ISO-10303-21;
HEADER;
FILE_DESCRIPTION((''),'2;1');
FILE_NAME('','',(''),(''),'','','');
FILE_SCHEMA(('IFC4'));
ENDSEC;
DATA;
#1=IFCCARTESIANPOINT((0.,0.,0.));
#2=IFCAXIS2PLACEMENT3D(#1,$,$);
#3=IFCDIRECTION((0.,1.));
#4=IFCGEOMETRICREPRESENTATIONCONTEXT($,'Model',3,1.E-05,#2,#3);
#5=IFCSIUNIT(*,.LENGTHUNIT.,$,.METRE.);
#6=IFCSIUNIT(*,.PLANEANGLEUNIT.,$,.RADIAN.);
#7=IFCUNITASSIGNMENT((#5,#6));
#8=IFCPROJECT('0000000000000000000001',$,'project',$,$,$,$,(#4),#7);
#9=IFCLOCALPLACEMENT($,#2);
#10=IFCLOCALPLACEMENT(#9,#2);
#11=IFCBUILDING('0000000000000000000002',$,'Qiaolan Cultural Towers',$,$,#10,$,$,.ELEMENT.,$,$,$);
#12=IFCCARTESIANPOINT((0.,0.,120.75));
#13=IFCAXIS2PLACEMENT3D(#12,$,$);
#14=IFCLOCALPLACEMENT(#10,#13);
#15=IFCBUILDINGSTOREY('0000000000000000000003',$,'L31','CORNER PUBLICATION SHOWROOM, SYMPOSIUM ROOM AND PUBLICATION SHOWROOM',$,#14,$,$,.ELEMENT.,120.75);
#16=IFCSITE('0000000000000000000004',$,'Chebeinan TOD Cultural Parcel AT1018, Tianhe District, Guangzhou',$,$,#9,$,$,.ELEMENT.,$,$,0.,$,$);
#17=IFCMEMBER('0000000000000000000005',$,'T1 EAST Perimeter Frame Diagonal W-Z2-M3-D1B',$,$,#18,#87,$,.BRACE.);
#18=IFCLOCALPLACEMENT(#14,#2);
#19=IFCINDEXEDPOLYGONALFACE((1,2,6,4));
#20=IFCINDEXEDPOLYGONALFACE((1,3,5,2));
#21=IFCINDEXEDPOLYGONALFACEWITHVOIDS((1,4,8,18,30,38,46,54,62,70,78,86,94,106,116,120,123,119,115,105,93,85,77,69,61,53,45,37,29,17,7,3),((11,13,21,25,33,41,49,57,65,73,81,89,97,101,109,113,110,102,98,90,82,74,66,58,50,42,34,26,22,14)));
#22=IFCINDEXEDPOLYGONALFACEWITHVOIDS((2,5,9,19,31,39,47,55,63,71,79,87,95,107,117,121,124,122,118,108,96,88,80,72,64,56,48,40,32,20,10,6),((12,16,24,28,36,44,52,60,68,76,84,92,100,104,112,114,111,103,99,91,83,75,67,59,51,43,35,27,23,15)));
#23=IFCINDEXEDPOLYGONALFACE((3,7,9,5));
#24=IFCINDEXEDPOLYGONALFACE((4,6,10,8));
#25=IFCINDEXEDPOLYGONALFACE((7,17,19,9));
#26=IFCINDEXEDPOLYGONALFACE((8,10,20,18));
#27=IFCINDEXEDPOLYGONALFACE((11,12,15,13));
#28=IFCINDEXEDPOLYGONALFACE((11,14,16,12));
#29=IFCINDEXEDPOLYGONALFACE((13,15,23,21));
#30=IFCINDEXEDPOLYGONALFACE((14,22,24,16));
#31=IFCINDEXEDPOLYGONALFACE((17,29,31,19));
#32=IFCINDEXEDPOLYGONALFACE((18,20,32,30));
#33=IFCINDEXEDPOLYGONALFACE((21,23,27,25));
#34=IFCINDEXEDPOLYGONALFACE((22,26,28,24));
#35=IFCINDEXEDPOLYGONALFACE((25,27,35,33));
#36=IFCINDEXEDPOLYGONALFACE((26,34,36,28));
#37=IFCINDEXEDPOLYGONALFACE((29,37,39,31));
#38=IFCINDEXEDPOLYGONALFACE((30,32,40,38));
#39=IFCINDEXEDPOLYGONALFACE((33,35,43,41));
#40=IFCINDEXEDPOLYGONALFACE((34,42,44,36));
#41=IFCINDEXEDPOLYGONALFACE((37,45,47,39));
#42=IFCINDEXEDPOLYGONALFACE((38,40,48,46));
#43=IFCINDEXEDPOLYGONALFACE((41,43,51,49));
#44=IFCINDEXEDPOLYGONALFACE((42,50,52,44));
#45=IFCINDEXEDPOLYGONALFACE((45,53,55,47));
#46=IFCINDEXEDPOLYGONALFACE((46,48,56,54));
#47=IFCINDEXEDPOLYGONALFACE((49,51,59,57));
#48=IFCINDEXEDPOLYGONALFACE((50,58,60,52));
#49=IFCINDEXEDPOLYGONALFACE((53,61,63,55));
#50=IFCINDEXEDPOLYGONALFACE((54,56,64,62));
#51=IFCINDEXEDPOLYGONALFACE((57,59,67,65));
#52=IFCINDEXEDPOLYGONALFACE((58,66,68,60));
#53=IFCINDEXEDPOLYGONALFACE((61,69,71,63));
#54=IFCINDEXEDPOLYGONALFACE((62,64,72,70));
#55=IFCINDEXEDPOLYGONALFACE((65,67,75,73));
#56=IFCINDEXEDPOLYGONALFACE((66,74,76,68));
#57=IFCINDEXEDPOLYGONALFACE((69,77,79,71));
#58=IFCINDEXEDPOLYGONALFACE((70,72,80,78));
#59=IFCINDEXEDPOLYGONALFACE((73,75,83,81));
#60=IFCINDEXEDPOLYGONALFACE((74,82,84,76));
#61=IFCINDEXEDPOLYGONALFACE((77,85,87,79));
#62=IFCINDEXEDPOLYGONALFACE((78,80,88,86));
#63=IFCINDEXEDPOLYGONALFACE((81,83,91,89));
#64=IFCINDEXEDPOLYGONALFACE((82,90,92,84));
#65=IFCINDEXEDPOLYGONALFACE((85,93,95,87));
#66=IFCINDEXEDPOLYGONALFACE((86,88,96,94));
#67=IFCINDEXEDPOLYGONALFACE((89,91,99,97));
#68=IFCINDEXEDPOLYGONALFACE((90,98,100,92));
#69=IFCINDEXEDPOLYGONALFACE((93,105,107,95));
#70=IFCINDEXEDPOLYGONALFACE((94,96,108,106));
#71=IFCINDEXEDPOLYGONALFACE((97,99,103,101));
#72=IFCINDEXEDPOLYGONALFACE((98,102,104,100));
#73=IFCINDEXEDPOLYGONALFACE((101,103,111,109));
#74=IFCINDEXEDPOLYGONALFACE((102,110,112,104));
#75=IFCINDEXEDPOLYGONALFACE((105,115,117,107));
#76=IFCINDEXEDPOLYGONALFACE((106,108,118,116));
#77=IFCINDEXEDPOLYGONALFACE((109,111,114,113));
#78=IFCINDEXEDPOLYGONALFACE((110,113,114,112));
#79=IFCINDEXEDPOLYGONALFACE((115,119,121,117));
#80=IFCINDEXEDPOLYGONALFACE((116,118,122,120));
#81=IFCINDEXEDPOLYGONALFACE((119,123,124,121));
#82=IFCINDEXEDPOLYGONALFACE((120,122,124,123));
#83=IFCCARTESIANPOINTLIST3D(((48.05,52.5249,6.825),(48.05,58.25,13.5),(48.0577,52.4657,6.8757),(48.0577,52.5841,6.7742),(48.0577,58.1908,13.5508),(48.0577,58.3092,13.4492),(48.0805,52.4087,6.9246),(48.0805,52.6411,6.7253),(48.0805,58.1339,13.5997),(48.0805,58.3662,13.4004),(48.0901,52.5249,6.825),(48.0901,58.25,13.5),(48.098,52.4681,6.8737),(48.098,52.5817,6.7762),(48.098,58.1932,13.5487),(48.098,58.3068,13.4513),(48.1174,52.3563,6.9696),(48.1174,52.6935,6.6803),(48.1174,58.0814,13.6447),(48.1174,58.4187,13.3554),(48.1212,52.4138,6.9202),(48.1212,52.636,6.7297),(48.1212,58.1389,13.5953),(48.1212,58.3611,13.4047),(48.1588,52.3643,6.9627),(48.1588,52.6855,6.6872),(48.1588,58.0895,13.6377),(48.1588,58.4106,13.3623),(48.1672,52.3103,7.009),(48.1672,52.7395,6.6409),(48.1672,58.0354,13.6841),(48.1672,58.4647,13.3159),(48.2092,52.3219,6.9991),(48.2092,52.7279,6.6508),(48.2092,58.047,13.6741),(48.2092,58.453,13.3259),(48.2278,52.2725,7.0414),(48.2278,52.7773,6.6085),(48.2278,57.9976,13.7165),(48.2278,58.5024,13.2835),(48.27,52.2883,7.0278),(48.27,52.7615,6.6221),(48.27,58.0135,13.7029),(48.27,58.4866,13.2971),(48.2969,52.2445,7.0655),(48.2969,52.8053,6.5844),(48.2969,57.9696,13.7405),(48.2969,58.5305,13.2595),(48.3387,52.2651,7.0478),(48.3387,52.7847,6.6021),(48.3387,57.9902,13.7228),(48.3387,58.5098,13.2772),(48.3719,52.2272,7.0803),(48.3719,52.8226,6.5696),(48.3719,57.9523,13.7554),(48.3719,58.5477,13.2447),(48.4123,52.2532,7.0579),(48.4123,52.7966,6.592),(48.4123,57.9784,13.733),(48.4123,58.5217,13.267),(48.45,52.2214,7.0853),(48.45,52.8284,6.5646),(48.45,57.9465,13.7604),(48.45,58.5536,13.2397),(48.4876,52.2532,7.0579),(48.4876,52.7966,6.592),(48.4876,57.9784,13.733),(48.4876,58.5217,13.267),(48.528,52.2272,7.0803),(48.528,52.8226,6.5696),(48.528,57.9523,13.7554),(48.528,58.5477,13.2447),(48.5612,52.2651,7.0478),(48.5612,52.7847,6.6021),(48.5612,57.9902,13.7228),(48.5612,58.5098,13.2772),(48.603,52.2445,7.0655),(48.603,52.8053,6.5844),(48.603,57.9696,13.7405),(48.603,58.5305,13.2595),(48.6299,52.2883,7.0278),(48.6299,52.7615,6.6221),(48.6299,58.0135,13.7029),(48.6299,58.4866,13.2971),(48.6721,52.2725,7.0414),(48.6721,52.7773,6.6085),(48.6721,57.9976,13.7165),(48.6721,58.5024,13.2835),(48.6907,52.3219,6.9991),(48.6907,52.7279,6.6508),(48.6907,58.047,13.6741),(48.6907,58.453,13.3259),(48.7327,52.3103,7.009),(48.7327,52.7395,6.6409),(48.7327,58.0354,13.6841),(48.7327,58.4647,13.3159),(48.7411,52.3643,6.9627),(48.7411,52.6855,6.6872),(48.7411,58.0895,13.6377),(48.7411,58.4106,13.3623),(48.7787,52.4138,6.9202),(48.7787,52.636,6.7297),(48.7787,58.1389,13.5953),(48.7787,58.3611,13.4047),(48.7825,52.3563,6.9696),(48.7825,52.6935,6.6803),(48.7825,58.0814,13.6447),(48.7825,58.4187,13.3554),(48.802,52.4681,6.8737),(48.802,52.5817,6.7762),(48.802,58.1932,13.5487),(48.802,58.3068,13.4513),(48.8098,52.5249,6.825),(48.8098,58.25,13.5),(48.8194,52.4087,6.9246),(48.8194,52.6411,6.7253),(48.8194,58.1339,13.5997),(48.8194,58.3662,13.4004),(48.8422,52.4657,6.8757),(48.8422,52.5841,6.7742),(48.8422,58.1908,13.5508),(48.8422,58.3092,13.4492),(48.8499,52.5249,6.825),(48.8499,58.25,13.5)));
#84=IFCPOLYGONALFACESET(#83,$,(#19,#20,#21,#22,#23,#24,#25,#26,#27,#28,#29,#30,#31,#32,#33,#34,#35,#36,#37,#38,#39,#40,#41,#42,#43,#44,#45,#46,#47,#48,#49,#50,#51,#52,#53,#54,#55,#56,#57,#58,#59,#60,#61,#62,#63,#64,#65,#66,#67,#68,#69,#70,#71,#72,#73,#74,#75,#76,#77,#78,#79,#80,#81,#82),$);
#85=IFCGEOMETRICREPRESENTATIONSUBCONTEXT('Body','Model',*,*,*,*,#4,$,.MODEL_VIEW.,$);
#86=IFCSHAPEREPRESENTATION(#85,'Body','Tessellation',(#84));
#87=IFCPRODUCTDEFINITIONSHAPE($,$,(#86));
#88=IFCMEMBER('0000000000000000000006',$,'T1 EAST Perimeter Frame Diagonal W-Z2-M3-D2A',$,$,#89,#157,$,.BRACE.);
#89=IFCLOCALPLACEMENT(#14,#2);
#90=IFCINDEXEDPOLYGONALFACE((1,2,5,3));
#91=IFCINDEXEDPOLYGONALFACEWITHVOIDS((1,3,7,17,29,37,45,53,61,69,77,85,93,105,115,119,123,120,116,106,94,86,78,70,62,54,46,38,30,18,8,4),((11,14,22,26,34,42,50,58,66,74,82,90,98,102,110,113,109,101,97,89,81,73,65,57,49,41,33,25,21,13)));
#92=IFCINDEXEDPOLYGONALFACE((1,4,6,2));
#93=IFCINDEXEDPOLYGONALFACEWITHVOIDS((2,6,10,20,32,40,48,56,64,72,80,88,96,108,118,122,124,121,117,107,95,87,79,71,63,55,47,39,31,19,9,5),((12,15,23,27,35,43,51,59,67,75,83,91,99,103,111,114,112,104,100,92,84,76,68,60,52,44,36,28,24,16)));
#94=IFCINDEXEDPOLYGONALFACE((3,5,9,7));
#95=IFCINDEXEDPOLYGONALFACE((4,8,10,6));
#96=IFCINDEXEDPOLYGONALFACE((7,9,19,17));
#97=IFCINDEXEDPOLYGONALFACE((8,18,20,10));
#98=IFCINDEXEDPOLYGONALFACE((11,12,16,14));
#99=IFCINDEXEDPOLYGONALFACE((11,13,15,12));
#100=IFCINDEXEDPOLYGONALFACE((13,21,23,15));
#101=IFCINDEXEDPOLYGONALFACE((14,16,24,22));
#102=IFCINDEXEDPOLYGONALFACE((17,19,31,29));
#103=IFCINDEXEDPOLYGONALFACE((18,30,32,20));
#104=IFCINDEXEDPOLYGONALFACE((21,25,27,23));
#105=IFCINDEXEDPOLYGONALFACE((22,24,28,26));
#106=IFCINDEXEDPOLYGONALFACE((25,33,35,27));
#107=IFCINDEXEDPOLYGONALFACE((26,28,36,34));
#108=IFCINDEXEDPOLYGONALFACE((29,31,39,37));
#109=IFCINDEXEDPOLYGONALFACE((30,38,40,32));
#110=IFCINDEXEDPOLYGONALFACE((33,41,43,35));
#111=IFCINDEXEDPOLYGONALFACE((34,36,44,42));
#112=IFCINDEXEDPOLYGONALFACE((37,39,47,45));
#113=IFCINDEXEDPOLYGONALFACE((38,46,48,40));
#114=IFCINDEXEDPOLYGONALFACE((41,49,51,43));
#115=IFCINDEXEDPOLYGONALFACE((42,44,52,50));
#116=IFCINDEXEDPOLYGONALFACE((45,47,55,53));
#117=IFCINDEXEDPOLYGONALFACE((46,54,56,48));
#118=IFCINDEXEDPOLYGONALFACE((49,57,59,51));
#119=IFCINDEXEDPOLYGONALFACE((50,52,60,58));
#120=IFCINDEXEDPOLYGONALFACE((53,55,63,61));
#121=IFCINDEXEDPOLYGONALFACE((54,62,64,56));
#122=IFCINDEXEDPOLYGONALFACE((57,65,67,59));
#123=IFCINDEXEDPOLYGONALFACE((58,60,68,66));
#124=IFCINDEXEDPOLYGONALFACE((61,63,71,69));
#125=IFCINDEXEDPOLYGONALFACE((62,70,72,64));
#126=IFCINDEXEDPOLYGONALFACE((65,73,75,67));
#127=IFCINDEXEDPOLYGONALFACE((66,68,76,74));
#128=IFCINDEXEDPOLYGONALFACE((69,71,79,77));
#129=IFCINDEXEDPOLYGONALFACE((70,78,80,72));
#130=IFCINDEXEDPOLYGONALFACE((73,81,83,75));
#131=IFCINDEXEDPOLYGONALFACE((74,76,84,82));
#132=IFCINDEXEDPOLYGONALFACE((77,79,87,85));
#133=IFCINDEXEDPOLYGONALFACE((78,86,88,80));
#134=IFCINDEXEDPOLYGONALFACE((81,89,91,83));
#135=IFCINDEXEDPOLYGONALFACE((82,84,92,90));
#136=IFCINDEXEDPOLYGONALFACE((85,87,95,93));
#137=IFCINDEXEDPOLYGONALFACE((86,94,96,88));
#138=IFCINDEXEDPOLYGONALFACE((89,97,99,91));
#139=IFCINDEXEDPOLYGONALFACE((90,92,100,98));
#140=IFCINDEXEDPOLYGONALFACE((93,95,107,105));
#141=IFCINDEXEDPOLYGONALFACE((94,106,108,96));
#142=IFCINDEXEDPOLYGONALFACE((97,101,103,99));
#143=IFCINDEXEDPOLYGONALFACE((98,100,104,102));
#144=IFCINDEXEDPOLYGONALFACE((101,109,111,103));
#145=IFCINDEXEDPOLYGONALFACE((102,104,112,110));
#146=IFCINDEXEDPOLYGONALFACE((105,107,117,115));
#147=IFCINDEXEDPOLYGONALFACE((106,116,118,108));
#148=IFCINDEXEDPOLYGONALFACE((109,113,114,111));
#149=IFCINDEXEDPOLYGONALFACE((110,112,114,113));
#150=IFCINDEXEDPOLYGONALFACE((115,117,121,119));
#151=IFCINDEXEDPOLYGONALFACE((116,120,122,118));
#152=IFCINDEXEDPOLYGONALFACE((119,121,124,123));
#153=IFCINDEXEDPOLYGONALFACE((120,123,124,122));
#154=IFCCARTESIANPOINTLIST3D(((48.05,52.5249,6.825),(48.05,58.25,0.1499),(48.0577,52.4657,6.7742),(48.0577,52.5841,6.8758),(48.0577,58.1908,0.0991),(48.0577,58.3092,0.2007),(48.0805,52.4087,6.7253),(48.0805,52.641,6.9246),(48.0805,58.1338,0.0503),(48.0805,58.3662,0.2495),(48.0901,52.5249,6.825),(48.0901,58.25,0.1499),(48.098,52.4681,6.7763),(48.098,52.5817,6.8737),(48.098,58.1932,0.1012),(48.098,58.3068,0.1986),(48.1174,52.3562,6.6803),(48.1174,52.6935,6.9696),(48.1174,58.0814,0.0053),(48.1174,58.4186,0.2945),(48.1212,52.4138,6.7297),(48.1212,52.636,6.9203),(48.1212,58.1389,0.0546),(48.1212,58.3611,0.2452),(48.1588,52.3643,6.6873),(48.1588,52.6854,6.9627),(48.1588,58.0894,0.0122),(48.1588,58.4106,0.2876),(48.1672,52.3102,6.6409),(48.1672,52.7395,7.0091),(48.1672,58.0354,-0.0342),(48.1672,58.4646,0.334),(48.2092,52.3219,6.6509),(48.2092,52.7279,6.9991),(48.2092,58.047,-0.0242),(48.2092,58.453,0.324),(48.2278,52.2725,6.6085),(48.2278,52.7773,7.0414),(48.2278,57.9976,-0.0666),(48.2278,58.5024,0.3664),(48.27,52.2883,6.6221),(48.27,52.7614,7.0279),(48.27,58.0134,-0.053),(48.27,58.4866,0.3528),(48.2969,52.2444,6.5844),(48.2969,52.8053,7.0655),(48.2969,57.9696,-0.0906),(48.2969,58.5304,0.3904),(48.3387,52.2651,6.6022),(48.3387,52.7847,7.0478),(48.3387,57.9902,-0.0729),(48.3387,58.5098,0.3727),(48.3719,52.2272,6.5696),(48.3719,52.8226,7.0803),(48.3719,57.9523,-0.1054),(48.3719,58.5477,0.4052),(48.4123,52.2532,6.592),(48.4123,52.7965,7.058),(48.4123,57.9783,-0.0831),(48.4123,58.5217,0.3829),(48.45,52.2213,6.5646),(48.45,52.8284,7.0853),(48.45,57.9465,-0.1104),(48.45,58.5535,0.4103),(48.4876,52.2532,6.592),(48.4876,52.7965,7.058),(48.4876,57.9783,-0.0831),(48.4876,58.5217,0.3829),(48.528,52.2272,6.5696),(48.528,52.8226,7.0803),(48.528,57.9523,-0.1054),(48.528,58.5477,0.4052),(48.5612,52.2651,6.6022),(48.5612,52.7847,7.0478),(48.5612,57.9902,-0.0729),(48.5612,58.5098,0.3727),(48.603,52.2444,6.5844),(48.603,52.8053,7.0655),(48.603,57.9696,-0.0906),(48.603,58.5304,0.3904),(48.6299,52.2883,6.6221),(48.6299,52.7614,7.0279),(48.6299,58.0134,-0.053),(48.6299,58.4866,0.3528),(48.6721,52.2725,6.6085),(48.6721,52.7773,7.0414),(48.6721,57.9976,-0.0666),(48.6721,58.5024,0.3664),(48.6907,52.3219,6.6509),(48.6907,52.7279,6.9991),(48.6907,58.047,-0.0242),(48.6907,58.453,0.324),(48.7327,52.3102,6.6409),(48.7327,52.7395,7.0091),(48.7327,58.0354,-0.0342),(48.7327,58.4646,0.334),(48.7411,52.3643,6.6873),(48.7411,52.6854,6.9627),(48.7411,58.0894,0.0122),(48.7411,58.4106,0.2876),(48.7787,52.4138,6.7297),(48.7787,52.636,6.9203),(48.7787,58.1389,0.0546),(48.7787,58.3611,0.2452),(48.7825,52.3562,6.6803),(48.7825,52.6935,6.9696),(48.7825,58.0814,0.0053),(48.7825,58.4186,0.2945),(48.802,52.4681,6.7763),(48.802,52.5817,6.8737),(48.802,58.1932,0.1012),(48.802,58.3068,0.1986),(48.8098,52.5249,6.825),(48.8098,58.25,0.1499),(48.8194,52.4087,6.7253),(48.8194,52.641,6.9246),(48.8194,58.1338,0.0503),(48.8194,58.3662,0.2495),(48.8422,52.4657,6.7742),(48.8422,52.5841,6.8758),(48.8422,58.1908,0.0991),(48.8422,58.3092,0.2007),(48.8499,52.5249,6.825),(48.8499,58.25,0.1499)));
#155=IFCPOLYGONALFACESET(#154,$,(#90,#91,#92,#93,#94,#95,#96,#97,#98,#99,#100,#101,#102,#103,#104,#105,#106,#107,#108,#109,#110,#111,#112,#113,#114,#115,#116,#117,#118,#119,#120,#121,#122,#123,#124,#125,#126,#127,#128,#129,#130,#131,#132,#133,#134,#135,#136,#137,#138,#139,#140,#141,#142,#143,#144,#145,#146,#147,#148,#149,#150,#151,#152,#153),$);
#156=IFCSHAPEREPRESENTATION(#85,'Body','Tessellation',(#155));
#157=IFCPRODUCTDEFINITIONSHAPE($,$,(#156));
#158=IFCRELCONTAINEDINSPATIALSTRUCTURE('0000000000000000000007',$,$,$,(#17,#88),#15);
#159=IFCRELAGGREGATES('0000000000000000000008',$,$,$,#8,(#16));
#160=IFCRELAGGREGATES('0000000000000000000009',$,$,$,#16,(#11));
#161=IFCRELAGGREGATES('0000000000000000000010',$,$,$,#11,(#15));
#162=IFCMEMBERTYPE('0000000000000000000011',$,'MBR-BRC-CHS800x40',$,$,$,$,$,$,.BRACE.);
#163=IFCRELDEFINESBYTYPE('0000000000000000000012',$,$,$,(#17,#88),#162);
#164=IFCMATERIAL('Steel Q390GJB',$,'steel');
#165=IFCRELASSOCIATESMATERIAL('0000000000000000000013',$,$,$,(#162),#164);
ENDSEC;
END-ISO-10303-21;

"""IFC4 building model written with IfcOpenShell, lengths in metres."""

from ifc_helpers import new_model, si_unit, direction, frame, origin, origin_2d, place, context, subcontext, project, spatial, hollow_circle, extrude, material, material_profile, profile_set, type_object, element, save


model = new_model("IFC4")

# Units and contexts
model_context = context("Model", 3, precision=1e-05, world=origin(), true_north=direction((0.0, 1.0)))
body_context = subcontext(model_context, "Body", "Model", "MODEL_VIEW")
ifc_project = project(units=[si_unit("LENGTHUNIT", "METRE"), si_unit("PLANEANGLEUNIT", "RADIAN")], contexts=[model_context])

# Site, building, storey
site_placement = place(None, origin())
site = spatial("IfcSite", under=ifc_project, at=site_placement, Name="Chebeinan TOD Cultural Parcel AT1018, Tianhe District, Guangzhou", CompositionType="ELEMENT", RefElevation=0.0)
building_placement = place(site_placement, origin())
building = spatial("IfcBuilding", under=site, at=building_placement, Name="Qiaolan Cultural Towers", CompositionType="ELEMENT")
storey_placement = place(building_placement, frame((0.0, 0.0, 120.75)))
storey = spatial("IfcBuildingStorey", under=building, at=storey_placement, Name="L31", Description="CORNER PUBLICATION SHOWROOM, SYMPOSIUM ROOM AND PUBLICATION SHOWROOM", CompositionType="ELEMENT", Elevation=120.75)

# Members
ifc_material_1 = material(Name="Steel Q390GJB", Category="steel")
ifc_material_profile_1 = material_profile(ifc_material_1, hollow_circle(Radius=0.3999, WallThickness=0.04, at=origin_2d()), Name="CHS800x40")
ifc_profile_set_1 = profile_set([ifc_material_profile_1], Name="Steel Q390GJB")
member_type = type_object("IfcMemberType", Name="MBR-BRC-CHS800x40", PredefinedType="BRACE", material=ifc_profile_set_1)
for number, where, z_axis, x_axis, name in (
    (1, (48.45, 52.5249, 6.825), (0.0, 0.651029, 0.759053), (-1.0, 0.0, 0.0), "T1 EAST Perimeter Frame Diagonal W-Z2-M3-D1B"),
    (2, (48.45, 58.25, 0.1499), (0.0, -0.651029, 0.759053), (1.0, 0.0, 0.0), "T1 EAST Perimeter Frame Diagonal W-Z2-M3-D2A"),
):
    element("IfcMember", number, at=place(storey_placement, frame(where, z_axis=z_axis, x_axis=x_axis)), inside=storey, type_object=member_type, Name=name, PredefinedType="BRACE", context=body_context, shape_type="SweptSolid", body=[
        extrude(hollow_circle(Radius=0.3999, WallThickness=0.04, at=origin_2d()), origin(), (0.0, 0.0, 1.0), 8.7939),
    ])

save(model, "model.ifc")
